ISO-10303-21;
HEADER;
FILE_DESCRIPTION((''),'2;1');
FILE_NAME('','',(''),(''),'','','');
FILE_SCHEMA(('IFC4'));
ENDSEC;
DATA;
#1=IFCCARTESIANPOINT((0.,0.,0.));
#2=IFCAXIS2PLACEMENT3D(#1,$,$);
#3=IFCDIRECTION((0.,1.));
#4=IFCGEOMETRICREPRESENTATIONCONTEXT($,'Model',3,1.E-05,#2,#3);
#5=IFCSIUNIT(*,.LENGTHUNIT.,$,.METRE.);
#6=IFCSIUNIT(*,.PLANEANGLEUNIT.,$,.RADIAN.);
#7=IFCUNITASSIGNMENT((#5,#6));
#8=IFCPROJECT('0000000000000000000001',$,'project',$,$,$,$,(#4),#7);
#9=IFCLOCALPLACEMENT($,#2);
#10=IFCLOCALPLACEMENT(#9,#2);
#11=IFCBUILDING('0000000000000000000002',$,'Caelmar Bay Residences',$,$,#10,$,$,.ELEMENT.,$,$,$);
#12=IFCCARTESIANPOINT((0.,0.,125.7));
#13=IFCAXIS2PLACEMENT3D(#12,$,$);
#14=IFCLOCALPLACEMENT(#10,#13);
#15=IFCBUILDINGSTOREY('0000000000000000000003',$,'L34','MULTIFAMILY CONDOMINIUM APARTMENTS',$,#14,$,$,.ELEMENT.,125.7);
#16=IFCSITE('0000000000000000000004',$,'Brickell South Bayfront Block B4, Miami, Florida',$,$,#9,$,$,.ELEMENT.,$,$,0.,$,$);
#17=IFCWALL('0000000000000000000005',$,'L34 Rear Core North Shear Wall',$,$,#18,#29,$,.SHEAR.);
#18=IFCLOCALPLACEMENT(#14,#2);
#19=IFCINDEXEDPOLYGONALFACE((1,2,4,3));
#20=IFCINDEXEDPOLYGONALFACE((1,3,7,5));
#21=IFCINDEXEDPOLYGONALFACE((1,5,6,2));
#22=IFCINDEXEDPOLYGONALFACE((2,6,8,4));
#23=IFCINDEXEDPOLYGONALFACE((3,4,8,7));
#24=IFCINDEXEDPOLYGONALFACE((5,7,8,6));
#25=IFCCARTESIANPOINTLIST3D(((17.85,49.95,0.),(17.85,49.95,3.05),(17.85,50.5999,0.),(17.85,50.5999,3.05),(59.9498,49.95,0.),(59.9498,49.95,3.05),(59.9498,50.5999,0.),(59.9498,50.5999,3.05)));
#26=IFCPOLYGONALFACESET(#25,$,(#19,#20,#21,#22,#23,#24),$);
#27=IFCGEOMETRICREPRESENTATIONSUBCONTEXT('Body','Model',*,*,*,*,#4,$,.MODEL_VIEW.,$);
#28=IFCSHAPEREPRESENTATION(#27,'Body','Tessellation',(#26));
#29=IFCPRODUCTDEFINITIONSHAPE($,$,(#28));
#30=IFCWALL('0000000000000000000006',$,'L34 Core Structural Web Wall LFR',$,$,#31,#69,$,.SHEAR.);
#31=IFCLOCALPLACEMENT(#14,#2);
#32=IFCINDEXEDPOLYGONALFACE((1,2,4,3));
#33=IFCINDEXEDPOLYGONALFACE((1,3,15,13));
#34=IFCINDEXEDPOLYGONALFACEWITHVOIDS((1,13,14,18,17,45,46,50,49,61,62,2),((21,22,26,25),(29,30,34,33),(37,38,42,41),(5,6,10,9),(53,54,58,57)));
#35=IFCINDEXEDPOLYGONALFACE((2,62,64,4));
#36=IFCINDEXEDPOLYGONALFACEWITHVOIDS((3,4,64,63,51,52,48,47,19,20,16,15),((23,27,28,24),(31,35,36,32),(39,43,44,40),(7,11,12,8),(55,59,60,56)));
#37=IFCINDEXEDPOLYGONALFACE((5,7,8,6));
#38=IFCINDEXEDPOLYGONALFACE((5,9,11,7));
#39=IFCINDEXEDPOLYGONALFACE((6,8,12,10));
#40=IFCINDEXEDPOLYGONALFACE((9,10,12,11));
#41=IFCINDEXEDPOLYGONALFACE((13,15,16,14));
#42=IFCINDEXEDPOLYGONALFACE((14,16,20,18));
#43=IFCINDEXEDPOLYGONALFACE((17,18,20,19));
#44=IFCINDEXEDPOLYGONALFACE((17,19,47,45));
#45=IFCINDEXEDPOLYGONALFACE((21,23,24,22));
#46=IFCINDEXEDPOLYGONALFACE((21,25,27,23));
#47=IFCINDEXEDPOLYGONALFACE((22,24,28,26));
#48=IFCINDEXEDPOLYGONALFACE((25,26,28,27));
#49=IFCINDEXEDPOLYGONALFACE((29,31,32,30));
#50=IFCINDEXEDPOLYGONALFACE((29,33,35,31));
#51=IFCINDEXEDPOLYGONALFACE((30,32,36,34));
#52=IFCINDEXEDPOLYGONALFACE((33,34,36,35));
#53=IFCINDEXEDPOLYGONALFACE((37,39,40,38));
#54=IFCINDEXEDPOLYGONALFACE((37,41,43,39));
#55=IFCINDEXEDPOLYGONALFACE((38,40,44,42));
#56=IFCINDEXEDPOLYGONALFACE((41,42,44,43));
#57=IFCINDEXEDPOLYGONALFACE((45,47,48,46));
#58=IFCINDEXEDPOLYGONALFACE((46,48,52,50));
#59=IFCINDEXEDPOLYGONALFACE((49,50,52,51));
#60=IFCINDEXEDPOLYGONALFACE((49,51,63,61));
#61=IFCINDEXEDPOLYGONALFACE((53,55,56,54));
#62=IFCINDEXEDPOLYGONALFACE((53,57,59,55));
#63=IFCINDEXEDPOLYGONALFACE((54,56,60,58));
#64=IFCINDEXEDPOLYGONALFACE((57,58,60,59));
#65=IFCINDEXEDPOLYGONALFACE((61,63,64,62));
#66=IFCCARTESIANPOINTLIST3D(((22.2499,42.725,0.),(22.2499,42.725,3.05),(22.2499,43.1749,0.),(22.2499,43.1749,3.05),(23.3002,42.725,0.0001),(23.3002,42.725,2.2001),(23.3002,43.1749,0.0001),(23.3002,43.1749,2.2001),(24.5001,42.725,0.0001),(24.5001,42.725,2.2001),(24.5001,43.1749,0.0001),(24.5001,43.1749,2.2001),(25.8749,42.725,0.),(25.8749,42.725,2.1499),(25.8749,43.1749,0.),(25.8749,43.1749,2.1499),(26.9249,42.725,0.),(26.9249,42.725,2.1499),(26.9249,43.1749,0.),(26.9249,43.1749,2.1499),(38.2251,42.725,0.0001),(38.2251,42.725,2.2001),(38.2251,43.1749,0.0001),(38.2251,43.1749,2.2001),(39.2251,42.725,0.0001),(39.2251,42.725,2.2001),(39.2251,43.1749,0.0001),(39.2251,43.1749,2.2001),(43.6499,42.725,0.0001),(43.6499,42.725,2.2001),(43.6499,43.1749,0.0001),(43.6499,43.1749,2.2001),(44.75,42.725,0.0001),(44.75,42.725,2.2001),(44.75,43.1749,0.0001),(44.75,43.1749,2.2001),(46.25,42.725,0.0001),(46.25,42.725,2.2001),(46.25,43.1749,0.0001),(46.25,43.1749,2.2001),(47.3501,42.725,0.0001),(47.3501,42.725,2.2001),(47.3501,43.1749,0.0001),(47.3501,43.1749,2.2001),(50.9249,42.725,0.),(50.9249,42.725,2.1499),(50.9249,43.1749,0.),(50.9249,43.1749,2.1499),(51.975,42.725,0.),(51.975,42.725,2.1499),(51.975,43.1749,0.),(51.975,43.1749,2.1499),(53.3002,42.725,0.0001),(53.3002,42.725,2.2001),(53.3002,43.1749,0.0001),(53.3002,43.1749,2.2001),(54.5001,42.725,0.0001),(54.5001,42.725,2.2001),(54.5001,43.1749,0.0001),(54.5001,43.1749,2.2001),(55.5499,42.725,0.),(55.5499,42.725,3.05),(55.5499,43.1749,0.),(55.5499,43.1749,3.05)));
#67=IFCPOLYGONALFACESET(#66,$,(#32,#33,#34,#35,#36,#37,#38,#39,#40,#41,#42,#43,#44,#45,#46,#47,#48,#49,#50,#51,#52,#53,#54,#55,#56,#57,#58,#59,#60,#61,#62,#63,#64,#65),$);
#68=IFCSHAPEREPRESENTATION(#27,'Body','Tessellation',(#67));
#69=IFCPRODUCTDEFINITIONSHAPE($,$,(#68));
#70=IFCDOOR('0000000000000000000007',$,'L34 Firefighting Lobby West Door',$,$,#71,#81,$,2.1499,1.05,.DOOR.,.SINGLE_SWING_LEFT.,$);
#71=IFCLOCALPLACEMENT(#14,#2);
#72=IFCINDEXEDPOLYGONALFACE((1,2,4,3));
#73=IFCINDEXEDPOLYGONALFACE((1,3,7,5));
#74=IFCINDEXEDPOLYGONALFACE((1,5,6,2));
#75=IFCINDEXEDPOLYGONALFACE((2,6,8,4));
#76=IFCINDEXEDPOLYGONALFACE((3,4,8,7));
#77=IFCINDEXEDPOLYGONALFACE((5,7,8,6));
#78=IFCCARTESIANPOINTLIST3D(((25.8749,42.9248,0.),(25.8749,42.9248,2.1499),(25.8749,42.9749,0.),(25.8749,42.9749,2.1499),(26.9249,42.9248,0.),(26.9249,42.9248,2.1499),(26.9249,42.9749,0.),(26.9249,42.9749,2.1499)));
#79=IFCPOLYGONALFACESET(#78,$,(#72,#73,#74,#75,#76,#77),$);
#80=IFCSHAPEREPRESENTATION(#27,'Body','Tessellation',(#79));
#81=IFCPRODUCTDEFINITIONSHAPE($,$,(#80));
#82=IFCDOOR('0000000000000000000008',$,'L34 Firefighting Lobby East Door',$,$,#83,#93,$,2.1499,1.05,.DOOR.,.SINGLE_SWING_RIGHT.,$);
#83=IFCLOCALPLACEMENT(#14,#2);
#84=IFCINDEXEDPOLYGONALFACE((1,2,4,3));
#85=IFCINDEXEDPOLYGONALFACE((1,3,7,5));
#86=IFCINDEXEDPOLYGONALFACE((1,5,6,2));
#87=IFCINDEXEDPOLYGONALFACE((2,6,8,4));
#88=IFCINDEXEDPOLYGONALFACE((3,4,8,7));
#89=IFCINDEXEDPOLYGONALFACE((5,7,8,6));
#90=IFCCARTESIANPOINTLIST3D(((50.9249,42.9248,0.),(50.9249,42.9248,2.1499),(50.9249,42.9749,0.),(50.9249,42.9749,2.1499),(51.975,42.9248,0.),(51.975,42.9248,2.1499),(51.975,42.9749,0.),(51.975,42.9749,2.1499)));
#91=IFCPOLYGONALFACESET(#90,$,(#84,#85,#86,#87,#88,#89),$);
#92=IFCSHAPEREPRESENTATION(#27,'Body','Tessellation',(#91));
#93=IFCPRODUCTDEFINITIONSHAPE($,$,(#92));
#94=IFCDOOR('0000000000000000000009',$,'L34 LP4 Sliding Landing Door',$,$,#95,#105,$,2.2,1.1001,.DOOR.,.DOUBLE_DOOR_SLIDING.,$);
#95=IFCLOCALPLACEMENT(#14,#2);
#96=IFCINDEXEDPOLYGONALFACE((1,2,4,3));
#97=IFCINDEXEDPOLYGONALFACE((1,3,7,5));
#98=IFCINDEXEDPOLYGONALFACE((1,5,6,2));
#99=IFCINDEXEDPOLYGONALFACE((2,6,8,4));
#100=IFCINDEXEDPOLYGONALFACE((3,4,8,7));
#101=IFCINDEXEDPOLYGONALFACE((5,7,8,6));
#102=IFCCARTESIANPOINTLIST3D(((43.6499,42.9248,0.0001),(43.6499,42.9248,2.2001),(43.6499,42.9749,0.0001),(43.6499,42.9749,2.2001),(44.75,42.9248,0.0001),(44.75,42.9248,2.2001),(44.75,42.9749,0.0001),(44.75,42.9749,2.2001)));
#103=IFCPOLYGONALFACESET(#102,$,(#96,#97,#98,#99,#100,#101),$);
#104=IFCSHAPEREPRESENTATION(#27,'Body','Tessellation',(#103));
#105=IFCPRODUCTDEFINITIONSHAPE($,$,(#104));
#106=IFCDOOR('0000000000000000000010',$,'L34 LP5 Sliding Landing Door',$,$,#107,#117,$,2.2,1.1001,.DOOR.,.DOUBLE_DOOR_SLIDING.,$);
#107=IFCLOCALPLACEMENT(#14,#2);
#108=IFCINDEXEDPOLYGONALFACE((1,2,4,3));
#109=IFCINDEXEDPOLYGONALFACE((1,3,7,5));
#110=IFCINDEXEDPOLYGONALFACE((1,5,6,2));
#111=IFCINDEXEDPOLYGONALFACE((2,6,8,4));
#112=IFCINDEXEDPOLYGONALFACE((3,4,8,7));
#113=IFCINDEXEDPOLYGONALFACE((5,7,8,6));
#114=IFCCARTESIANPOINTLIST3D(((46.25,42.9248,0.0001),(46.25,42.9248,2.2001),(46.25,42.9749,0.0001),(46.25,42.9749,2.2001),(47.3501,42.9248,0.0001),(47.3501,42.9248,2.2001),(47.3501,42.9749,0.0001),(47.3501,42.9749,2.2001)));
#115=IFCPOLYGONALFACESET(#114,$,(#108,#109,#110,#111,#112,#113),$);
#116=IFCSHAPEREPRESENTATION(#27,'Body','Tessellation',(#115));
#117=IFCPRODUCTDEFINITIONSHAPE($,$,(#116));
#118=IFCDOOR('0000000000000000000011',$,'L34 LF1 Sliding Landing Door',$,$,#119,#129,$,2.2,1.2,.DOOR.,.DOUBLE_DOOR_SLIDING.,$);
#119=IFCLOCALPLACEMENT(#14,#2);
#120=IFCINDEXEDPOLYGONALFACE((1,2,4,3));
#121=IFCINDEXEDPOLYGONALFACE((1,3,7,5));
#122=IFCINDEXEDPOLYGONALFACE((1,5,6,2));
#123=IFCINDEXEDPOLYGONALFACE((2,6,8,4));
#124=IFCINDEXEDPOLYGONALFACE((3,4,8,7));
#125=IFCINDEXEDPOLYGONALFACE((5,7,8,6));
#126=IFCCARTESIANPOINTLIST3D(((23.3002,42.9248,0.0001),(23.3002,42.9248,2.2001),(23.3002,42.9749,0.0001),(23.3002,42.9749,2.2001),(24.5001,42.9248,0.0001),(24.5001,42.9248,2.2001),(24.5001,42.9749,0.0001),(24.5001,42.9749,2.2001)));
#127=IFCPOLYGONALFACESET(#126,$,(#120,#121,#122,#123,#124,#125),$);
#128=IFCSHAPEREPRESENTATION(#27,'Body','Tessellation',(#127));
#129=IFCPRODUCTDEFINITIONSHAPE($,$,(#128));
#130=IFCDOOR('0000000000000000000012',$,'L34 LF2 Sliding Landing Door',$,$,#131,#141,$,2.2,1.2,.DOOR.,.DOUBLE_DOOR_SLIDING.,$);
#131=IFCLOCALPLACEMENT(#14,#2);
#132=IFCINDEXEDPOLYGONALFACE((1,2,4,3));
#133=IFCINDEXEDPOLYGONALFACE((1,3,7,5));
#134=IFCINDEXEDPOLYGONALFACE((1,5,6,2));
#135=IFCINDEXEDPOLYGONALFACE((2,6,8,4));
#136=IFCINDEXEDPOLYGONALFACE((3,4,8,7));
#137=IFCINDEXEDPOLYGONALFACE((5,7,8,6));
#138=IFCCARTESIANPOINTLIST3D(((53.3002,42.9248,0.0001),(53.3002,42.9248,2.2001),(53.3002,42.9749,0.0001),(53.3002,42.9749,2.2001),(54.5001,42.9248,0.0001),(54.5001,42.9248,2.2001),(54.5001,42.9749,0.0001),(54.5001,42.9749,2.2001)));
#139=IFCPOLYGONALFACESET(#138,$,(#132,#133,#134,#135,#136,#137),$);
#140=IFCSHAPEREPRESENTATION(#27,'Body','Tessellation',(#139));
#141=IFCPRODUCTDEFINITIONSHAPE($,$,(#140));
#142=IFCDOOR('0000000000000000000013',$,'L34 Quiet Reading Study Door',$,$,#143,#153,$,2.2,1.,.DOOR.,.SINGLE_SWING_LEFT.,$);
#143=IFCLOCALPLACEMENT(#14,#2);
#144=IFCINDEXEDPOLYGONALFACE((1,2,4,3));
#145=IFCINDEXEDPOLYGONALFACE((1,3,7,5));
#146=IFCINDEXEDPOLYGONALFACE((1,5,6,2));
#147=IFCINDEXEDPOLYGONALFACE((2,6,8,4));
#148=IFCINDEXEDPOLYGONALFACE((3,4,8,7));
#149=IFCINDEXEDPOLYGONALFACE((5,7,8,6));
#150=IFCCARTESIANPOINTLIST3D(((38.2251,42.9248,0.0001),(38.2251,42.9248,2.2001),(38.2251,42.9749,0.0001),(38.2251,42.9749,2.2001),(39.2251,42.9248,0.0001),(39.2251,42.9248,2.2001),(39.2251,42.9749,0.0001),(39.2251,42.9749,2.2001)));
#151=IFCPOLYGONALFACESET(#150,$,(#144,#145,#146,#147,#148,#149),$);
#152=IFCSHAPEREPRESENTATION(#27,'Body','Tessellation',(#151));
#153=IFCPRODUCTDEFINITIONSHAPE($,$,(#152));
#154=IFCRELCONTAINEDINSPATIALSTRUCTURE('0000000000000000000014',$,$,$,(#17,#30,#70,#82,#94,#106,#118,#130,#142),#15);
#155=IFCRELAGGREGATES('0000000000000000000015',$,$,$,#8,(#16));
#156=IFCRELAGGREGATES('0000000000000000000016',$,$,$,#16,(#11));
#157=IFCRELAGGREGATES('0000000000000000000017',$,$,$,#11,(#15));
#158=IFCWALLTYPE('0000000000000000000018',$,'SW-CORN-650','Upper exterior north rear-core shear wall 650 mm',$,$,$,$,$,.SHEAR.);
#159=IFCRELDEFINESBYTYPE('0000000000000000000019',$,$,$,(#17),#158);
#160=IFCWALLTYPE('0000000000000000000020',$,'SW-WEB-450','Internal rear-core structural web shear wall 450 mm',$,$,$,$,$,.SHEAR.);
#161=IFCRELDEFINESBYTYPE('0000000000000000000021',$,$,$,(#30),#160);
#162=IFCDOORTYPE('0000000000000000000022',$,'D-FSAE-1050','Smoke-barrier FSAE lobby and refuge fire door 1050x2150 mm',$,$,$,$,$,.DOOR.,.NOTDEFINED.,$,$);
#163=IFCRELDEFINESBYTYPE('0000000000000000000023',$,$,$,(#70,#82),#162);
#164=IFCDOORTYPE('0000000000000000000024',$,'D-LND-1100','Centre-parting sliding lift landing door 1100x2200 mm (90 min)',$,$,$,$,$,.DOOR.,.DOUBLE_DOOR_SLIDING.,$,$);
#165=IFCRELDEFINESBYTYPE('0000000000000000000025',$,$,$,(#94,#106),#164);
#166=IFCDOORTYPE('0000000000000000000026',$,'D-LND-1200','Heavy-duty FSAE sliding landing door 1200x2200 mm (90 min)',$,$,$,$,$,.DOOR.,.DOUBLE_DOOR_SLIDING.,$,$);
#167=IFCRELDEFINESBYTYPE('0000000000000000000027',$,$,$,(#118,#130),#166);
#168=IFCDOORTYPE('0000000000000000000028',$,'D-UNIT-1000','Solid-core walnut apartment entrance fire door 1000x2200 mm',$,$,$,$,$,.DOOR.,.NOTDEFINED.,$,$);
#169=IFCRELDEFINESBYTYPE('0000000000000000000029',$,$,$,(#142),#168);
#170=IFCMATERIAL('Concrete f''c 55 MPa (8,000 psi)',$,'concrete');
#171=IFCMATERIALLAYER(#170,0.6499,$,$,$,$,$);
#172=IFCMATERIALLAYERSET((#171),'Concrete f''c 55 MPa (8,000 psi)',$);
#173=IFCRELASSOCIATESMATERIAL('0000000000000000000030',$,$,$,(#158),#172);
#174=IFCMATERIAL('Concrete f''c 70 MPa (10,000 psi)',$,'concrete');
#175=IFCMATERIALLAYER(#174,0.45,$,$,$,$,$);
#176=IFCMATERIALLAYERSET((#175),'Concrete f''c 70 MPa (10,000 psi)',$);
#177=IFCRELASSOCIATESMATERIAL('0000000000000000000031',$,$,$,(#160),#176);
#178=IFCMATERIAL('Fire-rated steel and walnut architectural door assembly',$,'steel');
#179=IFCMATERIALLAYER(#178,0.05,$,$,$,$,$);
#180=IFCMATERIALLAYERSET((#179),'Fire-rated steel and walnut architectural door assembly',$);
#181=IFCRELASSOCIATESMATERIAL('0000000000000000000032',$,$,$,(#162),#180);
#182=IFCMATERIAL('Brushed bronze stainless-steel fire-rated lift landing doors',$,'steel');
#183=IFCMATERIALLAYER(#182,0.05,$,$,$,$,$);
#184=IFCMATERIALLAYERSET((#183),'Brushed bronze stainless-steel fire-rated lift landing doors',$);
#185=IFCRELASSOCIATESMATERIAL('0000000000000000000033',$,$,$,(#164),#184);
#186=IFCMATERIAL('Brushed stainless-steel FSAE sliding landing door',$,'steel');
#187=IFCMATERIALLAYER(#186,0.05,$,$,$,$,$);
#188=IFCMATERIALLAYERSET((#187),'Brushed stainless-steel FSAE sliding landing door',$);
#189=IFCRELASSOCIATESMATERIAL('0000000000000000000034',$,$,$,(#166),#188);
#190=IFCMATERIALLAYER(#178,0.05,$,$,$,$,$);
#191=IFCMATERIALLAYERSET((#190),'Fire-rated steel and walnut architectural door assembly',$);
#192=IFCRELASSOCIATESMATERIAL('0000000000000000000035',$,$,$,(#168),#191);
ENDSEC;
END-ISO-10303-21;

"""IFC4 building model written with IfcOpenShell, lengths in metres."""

from ifc_helpers import new_model, si_unit, direction, frame, frame_2d, origin, place, context, subcontext, project, spatial, rectangle, extrude, material, layer, layer_set, type_object, element, fill, save


model = new_model("IFC4")

# Units and contexts
model_context = context("Model", 3, precision=1e-05, world=origin(), true_north=direction((0.0, 1.0)))
body_context = subcontext(model_context, "Body", "Model", "MODEL_VIEW")
ifc_project = project(units=[si_unit("LENGTHUNIT", "METRE"), si_unit("PLANEANGLEUNIT", "RADIAN")], contexts=[model_context])

# Site, building, storey
site_placement = place(None, origin())
site = spatial("IfcSite", under=ifc_project, at=site_placement, Name="Brickell South Bayfront Block B4, Miami, Florida", CompositionType="ELEMENT", RefElevation=0.0)
building_placement = place(site_placement, origin())
building = spatial("IfcBuilding", under=site, at=building_placement, Name="Caelmar Bay Residences", CompositionType="ELEMENT")
storey_placement = place(building_placement, frame((0.0, 0.0, 125.7)))
storey = spatial("IfcBuildingStorey", under=building, at=storey_placement, Name="L34", Description="MULTIFAMILY CONDOMINIUM APARTMENTS", CompositionType="ELEMENT", Elevation=125.7)

# Shared definitions
ifc_material_1 = material(Name="Concrete f'c 55 MPa (8,000 psi)", Category="concrete")
ifc_material_2 = material(Name="Fire-rated steel and walnut architectural door assembly", Category="steel")

# Wall
ifc_layer_1 = layer(ifc_material_1, 0.6499)
ifc_layer_set_1 = layer_set([ifc_layer_1], Name="Concrete f'c 55 MPa (8,000 psi)")
wall_type_1 = type_object("IfcWallType", Name="SW-CORN-650", Description="Upper exterior north rear-core shear wall 650 mm", PredefinedType="SHEAR", material=ifc_layer_set_1)
wall_1_placement = place(storey_placement, frame((17.8501, 50.2749, 0.0), z_axis=(0.0, 0.0, 1.0), x_axis=(1.0, 0.0, 0.0)))
element("IfcWall", 1, at=wall_1_placement, inside=storey, type_object=wall_type_1, Name="L34 Rear Core North Shear Wall", PredefinedType="SHEAR", context=body_context, shape_type="SweptSolid", body=[
    extrude(rectangle(XDim=42.0999, YDim=0.6499, at=frame_2d((21.0498, 0.0))), origin(), (0.0, 0.0, 1.0), 3.05),
])

# Wall, openings, doors
ifc_material_3 = material(Name="Concrete f'c 70 MPa (10,000 psi)", Category="concrete")
ifc_layer_2 = layer(ifc_material_3, 0.45)
ifc_layer_set_2 = layer_set([ifc_layer_2], Name="Concrete f'c 70 MPa (10,000 psi)")
wall_type_2 = type_object("IfcWallType", Name="SW-WEB-450", Description="Internal rear-core structural web shear wall 450 mm", PredefinedType="SHEAR", material=ifc_layer_set_2)
wall_2_placement = place(storey_placement, frame((22.25, 42.95, 0.0), z_axis=(0.0, 0.0, 1.0), x_axis=(1.0, 0.0, 0.0)))
wall_2 = element("IfcWall", 2, at=wall_2_placement, inside=storey, type_object=wall_type_2, Name="L34 Core Structural Web Wall LFR", PredefinedType="SHEAR", context=body_context, shape_type="SweptSolid", body=[
    extrude(rectangle(XDim=33.3, YDim=0.45, at=frame_2d((16.6499, 0.0))), origin(), (0.0, 0.0, 1.0), 3.05),
])
opening_1_placement = place(wall_2_placement, frame((1.05, 0.0, 0.0)))
opening_1 = element("IfcOpeningElement", 3, at=opening_1_placement, cuts=wall_2, PredefinedType="OPENING", context=body_context, shape_type="SweptSolid", body=[
    extrude(rectangle(XDim=1.2, YDim=2.2, at=frame_2d((0.6001, 1.1001))), frame((0.0, 0.2349, 0.0), z_axis=(0.0, -1.0, 0.0), x_axis=(1.0, 0.0, 0.0)), (0.0, 0.0, 1.0), 0.47),
])
opening_2_placement = place(wall_2_placement, frame((31.05, 0.0, 0.0)))
opening_2 = element("IfcOpeningElement", 4, at=opening_2_placement, cuts=wall_2, PredefinedType="OPENING", context=body_context, shape_type="SweptSolid", body=[
    extrude(rectangle(XDim=1.2, YDim=2.2, at=frame_2d((0.6001, 1.1001))), frame((0.0, 0.2349, 0.0), z_axis=(0.0, -1.0, 0.0), x_axis=(1.0, 0.0, 0.0)), (0.0, 0.0, 1.0), 0.47),
])
opening_3_placement = place(wall_2_placement, frame((21.3999, 0.0, 0.0)))
opening_3 = element("IfcOpeningElement", 5, at=opening_3_placement, cuts=wall_2, PredefinedType="OPENING", context=body_context, shape_type="SweptSolid", body=[
    extrude(rectangle(XDim=1.1001, YDim=2.2, at=frame_2d((0.55, 1.1001))), frame((0.0, 0.2349, 0.0), z_axis=(0.0, -1.0, 0.0), x_axis=(1.0, 0.0, 0.0)), (0.0, 0.0, 1.0), 0.47),
])
opening_4_placement = place(wall_2_placement, frame((24.0, 0.0, 0.0)))
opening_4 = element("IfcOpeningElement", 6, at=opening_4_placement, cuts=wall_2, PredefinedType="OPENING", context=body_context, shape_type="SweptSolid", body=[
    extrude(rectangle(XDim=1.1001, YDim=2.2, at=frame_2d((0.55, 1.1001))), frame((0.0, 0.2349, 0.0), z_axis=(0.0, -1.0, 0.0), x_axis=(1.0, 0.0, 0.0)), (0.0, 0.0, 1.0), 0.47),
])
opening_5_placement = place(wall_2_placement, frame((3.625, 0.0, 0.0)))
opening_5 = element("IfcOpeningElement", 7, at=opening_5_placement, cuts=wall_2, PredefinedType="OPENING", context=body_context, shape_type="SweptSolid", body=[
    extrude(rectangle(XDim=1.05, YDim=2.1499, at=frame_2d((0.5249, 1.075))), frame((0.0, 0.2349, 0.0), z_axis=(0.0, -1.0, 0.0), x_axis=(1.0, 0.0, 0.0)), (0.0, 0.0, 1.0), 0.47),
])
opening_6_placement = place(wall_2_placement, frame((28.675, 0.0, 0.0)))
opening_6 = element("IfcOpeningElement", 8, at=opening_6_placement, cuts=wall_2, PredefinedType="OPENING", context=body_context, shape_type="SweptSolid", body=[
    extrude(rectangle(XDim=1.05, YDim=2.1499, at=frame_2d((0.5249, 1.075))), frame((0.0, 0.2349, 0.0), z_axis=(0.0, -1.0, 0.0), x_axis=(1.0, 0.0, 0.0)), (0.0, 0.0, 1.0), 0.47),
])
opening_7_placement = place(wall_2_placement, frame((15.9751, 0.0, 0.0)))
opening_7 = element("IfcOpeningElement", 9, at=opening_7_placement, cuts=wall_2, PredefinedType="OPENING", context=body_context, shape_type="SweptSolid", body=[
    extrude(rectangle(XDim=1.0, YDim=2.2, at=frame_2d((0.5, 1.1001))), frame((0.0, 0.2349, 0.0), z_axis=(0.0, -1.0, 0.0), x_axis=(1.0, 0.0, 0.0)), (0.0, 0.0, 1.0), 0.47),
])
ifc_layer_3 = layer(ifc_material_2, 0.05)
ifc_layer_set_3 = layer_set([ifc_layer_3], Name="Fire-rated steel and walnut architectural door assembly")
door_type_1 = type_object("IfcDoorType", Name="D-FSAE-1050", Description="Smoke-barrier FSAE lobby and refuge fire door 1050x2150 mm", OperationType="NOTDEFINED", PredefinedType="DOOR", material=ifc_layer_set_3)
door_1_placement = place(opening_5_placement, origin())
door_1 = element("IfcDoor", 10, at=door_1_placement, inside=storey, type_object=door_type_1, Name="L34 Firefighting Lobby West Door", OperationType="SINGLE_SWING_LEFT", OverallHeight=2.1499, OverallWidth=1.05, PredefinedType="DOOR", context=body_context, shape_type="SweptSolid", body=[
    extrude(rectangle(XDim=1.05, YDim=2.1499, at=frame_2d((0.5249, 1.075))), frame((0.0, 0.0249, 0.0), z_axis=(0.0, -1.0, 0.0), x_axis=(1.0, 0.0, 0.0)), (0.0, 0.0, 1.0), 0.05),
])
fill(opening_5, door_1)
door_2_placement = place(opening_6_placement, origin())
door_2 = element("IfcDoor", 11, at=door_2_placement, inside=storey, type_object=door_type_1, Name="L34 Firefighting Lobby East Door", OperationType="SINGLE_SWING_RIGHT", OverallHeight=2.1499, OverallWidth=1.05, PredefinedType="DOOR", context=body_context, shape_type="SweptSolid", body=[
    extrude(rectangle(XDim=1.05, YDim=2.1499, at=frame_2d((0.5249, 1.075))), frame((0.0, 0.0249, 0.0), z_axis=(0.0, -1.0, 0.0), x_axis=(1.0, 0.0, 0.0)), (0.0, 0.0, 1.0), 0.05),
])
fill(opening_6, door_2)
ifc_material_4 = material(Name="Brushed bronze stainless-steel fire-rated lift landing doors", Category="steel")
ifc_layer_4 = layer(ifc_material_4, 0.05)
ifc_layer_set_4 = layer_set([ifc_layer_4], Name="Brushed bronze stainless-steel fire-rated lift landing doors")
door_type_2 = type_object("IfcDoorType", Name="D-LND-1100", Description="Centre-parting sliding lift landing door 1100x2200 mm (90 min)", OperationType="DOUBLE_DOOR_SLIDING", PredefinedType="DOOR", material=ifc_layer_set_4)
door_3_placement = place(opening_3_placement, origin())
door_3 = element("IfcDoor", 12, at=door_3_placement, inside=storey, type_object=door_type_2, Name="L34 LP4 Sliding Landing Door", OperationType="DOUBLE_DOOR_SLIDING", OverallHeight=2.2, OverallWidth=1.1001, PredefinedType="DOOR", context=body_context, shape_type="SweptSolid", body=[
    extrude(rectangle(XDim=1.1001, YDim=2.2, at=frame_2d((0.55, 1.1001))), frame((0.0, 0.0249, 0.0), z_axis=(0.0, -1.0, 0.0), x_axis=(1.0, 0.0, 0.0)), (0.0, 0.0, 1.0), 0.05),
])
fill(opening_3, door_3)
door_4_placement = place(opening_4_placement, origin())
door_4 = element("IfcDoor", 13, at=door_4_placement, inside=storey, type_object=door_type_2, Name="L34 LP5 Sliding Landing Door", OperationType="DOUBLE_DOOR_SLIDING", OverallHeight=2.2, OverallWidth=1.1001, PredefinedType="DOOR", context=body_context, shape_type="SweptSolid", body=[
    extrude(rectangle(XDim=1.1001, YDim=2.2, at=frame_2d((0.55, 1.1001))), frame((0.0, 0.0249, 0.0), z_axis=(0.0, -1.0, 0.0), x_axis=(1.0, 0.0, 0.0)), (0.0, 0.0, 1.0), 0.05),
])
fill(opening_4, door_4)
ifc_material_5 = material(Name="Brushed stainless-steel FSAE sliding landing door", Category="steel")
ifc_layer_5 = layer(ifc_material_5, 0.05)
ifc_layer_set_5 = layer_set([ifc_layer_5], Name="Brushed stainless-steel FSAE sliding landing door")
door_type_3 = type_object("IfcDoorType", Name="D-LND-1200", Description="Heavy-duty FSAE sliding landing door 1200x2200 mm (90 min)", OperationType="DOUBLE_DOOR_SLIDING", PredefinedType="DOOR", material=ifc_layer_set_5)
door_5_placement = place(opening_1_placement, origin())
door_5 = element("IfcDoor", 14, at=door_5_placement, inside=storey, type_object=door_type_3, Name="L34 LF1 Sliding Landing Door", OperationType="DOUBLE_DOOR_SLIDING", OverallHeight=2.2, OverallWidth=1.2, PredefinedType="DOOR", context=body_context, shape_type="SweptSolid", body=[
    extrude(rectangle(XDim=1.2, YDim=2.2, at=frame_2d((0.6001, 1.1001))), frame((0.0, 0.0249, 0.0), z_axis=(0.0, -1.0, 0.0), x_axis=(1.0, 0.0, 0.0)), (0.0, 0.0, 1.0), 0.05),
])
fill(opening_1, door_5)
door_6_placement = place(opening_2_placement, origin())
door_6 = element("IfcDoor", 15, at=door_6_placement, inside=storey, type_object=door_type_3, Name="L34 LF2 Sliding Landing Door", OperationType="DOUBLE_DOOR_SLIDING", OverallHeight=2.2, OverallWidth=1.2, PredefinedType="DOOR", context=body_context, shape_type="SweptSolid", body=[
    extrude(rectangle(XDim=1.2, YDim=2.2, at=frame_2d((0.6001, 1.1001))), frame((0.0, 0.0249, 0.0), z_axis=(0.0, -1.0, 0.0), x_axis=(1.0, 0.0, 0.0)), (0.0, 0.0, 1.0), 0.05),
])
fill(opening_2, door_6)
ifc_layer_6 = layer(ifc_material_2, 0.05)
ifc_layer_set_6 = layer_set([ifc_layer_6], Name="Fire-rated steel and walnut architectural door assembly")
door_type_4 = type_object("IfcDoorType", Name="D-UNIT-1000", Description="Solid-core walnut apartment entrance fire door 1000x2200 mm", OperationType="NOTDEFINED", PredefinedType="DOOR", material=ifc_layer_set_6)
door_7_placement = place(opening_7_placement, origin())
door_7 = element("IfcDoor", 16, at=door_7_placement, inside=storey, type_object=door_type_4, Name="L34 Quiet Reading Study Door", OperationType="SINGLE_SWING_LEFT", OverallHeight=2.2, OverallWidth=1.0, PredefinedType="DOOR", context=body_context, shape_type="SweptSolid", body=[
    extrude(rectangle(XDim=1.0, YDim=2.2, at=frame_2d((0.5, 1.1001))), frame((0.0, 0.0249, 0.0), z_axis=(0.0, -1.0, 0.0), x_axis=(1.0, 0.0, 0.0)), (0.0, 0.0, 1.0), 0.05),
])
fill(opening_7, door_7)

save(model, "model.ifc")
